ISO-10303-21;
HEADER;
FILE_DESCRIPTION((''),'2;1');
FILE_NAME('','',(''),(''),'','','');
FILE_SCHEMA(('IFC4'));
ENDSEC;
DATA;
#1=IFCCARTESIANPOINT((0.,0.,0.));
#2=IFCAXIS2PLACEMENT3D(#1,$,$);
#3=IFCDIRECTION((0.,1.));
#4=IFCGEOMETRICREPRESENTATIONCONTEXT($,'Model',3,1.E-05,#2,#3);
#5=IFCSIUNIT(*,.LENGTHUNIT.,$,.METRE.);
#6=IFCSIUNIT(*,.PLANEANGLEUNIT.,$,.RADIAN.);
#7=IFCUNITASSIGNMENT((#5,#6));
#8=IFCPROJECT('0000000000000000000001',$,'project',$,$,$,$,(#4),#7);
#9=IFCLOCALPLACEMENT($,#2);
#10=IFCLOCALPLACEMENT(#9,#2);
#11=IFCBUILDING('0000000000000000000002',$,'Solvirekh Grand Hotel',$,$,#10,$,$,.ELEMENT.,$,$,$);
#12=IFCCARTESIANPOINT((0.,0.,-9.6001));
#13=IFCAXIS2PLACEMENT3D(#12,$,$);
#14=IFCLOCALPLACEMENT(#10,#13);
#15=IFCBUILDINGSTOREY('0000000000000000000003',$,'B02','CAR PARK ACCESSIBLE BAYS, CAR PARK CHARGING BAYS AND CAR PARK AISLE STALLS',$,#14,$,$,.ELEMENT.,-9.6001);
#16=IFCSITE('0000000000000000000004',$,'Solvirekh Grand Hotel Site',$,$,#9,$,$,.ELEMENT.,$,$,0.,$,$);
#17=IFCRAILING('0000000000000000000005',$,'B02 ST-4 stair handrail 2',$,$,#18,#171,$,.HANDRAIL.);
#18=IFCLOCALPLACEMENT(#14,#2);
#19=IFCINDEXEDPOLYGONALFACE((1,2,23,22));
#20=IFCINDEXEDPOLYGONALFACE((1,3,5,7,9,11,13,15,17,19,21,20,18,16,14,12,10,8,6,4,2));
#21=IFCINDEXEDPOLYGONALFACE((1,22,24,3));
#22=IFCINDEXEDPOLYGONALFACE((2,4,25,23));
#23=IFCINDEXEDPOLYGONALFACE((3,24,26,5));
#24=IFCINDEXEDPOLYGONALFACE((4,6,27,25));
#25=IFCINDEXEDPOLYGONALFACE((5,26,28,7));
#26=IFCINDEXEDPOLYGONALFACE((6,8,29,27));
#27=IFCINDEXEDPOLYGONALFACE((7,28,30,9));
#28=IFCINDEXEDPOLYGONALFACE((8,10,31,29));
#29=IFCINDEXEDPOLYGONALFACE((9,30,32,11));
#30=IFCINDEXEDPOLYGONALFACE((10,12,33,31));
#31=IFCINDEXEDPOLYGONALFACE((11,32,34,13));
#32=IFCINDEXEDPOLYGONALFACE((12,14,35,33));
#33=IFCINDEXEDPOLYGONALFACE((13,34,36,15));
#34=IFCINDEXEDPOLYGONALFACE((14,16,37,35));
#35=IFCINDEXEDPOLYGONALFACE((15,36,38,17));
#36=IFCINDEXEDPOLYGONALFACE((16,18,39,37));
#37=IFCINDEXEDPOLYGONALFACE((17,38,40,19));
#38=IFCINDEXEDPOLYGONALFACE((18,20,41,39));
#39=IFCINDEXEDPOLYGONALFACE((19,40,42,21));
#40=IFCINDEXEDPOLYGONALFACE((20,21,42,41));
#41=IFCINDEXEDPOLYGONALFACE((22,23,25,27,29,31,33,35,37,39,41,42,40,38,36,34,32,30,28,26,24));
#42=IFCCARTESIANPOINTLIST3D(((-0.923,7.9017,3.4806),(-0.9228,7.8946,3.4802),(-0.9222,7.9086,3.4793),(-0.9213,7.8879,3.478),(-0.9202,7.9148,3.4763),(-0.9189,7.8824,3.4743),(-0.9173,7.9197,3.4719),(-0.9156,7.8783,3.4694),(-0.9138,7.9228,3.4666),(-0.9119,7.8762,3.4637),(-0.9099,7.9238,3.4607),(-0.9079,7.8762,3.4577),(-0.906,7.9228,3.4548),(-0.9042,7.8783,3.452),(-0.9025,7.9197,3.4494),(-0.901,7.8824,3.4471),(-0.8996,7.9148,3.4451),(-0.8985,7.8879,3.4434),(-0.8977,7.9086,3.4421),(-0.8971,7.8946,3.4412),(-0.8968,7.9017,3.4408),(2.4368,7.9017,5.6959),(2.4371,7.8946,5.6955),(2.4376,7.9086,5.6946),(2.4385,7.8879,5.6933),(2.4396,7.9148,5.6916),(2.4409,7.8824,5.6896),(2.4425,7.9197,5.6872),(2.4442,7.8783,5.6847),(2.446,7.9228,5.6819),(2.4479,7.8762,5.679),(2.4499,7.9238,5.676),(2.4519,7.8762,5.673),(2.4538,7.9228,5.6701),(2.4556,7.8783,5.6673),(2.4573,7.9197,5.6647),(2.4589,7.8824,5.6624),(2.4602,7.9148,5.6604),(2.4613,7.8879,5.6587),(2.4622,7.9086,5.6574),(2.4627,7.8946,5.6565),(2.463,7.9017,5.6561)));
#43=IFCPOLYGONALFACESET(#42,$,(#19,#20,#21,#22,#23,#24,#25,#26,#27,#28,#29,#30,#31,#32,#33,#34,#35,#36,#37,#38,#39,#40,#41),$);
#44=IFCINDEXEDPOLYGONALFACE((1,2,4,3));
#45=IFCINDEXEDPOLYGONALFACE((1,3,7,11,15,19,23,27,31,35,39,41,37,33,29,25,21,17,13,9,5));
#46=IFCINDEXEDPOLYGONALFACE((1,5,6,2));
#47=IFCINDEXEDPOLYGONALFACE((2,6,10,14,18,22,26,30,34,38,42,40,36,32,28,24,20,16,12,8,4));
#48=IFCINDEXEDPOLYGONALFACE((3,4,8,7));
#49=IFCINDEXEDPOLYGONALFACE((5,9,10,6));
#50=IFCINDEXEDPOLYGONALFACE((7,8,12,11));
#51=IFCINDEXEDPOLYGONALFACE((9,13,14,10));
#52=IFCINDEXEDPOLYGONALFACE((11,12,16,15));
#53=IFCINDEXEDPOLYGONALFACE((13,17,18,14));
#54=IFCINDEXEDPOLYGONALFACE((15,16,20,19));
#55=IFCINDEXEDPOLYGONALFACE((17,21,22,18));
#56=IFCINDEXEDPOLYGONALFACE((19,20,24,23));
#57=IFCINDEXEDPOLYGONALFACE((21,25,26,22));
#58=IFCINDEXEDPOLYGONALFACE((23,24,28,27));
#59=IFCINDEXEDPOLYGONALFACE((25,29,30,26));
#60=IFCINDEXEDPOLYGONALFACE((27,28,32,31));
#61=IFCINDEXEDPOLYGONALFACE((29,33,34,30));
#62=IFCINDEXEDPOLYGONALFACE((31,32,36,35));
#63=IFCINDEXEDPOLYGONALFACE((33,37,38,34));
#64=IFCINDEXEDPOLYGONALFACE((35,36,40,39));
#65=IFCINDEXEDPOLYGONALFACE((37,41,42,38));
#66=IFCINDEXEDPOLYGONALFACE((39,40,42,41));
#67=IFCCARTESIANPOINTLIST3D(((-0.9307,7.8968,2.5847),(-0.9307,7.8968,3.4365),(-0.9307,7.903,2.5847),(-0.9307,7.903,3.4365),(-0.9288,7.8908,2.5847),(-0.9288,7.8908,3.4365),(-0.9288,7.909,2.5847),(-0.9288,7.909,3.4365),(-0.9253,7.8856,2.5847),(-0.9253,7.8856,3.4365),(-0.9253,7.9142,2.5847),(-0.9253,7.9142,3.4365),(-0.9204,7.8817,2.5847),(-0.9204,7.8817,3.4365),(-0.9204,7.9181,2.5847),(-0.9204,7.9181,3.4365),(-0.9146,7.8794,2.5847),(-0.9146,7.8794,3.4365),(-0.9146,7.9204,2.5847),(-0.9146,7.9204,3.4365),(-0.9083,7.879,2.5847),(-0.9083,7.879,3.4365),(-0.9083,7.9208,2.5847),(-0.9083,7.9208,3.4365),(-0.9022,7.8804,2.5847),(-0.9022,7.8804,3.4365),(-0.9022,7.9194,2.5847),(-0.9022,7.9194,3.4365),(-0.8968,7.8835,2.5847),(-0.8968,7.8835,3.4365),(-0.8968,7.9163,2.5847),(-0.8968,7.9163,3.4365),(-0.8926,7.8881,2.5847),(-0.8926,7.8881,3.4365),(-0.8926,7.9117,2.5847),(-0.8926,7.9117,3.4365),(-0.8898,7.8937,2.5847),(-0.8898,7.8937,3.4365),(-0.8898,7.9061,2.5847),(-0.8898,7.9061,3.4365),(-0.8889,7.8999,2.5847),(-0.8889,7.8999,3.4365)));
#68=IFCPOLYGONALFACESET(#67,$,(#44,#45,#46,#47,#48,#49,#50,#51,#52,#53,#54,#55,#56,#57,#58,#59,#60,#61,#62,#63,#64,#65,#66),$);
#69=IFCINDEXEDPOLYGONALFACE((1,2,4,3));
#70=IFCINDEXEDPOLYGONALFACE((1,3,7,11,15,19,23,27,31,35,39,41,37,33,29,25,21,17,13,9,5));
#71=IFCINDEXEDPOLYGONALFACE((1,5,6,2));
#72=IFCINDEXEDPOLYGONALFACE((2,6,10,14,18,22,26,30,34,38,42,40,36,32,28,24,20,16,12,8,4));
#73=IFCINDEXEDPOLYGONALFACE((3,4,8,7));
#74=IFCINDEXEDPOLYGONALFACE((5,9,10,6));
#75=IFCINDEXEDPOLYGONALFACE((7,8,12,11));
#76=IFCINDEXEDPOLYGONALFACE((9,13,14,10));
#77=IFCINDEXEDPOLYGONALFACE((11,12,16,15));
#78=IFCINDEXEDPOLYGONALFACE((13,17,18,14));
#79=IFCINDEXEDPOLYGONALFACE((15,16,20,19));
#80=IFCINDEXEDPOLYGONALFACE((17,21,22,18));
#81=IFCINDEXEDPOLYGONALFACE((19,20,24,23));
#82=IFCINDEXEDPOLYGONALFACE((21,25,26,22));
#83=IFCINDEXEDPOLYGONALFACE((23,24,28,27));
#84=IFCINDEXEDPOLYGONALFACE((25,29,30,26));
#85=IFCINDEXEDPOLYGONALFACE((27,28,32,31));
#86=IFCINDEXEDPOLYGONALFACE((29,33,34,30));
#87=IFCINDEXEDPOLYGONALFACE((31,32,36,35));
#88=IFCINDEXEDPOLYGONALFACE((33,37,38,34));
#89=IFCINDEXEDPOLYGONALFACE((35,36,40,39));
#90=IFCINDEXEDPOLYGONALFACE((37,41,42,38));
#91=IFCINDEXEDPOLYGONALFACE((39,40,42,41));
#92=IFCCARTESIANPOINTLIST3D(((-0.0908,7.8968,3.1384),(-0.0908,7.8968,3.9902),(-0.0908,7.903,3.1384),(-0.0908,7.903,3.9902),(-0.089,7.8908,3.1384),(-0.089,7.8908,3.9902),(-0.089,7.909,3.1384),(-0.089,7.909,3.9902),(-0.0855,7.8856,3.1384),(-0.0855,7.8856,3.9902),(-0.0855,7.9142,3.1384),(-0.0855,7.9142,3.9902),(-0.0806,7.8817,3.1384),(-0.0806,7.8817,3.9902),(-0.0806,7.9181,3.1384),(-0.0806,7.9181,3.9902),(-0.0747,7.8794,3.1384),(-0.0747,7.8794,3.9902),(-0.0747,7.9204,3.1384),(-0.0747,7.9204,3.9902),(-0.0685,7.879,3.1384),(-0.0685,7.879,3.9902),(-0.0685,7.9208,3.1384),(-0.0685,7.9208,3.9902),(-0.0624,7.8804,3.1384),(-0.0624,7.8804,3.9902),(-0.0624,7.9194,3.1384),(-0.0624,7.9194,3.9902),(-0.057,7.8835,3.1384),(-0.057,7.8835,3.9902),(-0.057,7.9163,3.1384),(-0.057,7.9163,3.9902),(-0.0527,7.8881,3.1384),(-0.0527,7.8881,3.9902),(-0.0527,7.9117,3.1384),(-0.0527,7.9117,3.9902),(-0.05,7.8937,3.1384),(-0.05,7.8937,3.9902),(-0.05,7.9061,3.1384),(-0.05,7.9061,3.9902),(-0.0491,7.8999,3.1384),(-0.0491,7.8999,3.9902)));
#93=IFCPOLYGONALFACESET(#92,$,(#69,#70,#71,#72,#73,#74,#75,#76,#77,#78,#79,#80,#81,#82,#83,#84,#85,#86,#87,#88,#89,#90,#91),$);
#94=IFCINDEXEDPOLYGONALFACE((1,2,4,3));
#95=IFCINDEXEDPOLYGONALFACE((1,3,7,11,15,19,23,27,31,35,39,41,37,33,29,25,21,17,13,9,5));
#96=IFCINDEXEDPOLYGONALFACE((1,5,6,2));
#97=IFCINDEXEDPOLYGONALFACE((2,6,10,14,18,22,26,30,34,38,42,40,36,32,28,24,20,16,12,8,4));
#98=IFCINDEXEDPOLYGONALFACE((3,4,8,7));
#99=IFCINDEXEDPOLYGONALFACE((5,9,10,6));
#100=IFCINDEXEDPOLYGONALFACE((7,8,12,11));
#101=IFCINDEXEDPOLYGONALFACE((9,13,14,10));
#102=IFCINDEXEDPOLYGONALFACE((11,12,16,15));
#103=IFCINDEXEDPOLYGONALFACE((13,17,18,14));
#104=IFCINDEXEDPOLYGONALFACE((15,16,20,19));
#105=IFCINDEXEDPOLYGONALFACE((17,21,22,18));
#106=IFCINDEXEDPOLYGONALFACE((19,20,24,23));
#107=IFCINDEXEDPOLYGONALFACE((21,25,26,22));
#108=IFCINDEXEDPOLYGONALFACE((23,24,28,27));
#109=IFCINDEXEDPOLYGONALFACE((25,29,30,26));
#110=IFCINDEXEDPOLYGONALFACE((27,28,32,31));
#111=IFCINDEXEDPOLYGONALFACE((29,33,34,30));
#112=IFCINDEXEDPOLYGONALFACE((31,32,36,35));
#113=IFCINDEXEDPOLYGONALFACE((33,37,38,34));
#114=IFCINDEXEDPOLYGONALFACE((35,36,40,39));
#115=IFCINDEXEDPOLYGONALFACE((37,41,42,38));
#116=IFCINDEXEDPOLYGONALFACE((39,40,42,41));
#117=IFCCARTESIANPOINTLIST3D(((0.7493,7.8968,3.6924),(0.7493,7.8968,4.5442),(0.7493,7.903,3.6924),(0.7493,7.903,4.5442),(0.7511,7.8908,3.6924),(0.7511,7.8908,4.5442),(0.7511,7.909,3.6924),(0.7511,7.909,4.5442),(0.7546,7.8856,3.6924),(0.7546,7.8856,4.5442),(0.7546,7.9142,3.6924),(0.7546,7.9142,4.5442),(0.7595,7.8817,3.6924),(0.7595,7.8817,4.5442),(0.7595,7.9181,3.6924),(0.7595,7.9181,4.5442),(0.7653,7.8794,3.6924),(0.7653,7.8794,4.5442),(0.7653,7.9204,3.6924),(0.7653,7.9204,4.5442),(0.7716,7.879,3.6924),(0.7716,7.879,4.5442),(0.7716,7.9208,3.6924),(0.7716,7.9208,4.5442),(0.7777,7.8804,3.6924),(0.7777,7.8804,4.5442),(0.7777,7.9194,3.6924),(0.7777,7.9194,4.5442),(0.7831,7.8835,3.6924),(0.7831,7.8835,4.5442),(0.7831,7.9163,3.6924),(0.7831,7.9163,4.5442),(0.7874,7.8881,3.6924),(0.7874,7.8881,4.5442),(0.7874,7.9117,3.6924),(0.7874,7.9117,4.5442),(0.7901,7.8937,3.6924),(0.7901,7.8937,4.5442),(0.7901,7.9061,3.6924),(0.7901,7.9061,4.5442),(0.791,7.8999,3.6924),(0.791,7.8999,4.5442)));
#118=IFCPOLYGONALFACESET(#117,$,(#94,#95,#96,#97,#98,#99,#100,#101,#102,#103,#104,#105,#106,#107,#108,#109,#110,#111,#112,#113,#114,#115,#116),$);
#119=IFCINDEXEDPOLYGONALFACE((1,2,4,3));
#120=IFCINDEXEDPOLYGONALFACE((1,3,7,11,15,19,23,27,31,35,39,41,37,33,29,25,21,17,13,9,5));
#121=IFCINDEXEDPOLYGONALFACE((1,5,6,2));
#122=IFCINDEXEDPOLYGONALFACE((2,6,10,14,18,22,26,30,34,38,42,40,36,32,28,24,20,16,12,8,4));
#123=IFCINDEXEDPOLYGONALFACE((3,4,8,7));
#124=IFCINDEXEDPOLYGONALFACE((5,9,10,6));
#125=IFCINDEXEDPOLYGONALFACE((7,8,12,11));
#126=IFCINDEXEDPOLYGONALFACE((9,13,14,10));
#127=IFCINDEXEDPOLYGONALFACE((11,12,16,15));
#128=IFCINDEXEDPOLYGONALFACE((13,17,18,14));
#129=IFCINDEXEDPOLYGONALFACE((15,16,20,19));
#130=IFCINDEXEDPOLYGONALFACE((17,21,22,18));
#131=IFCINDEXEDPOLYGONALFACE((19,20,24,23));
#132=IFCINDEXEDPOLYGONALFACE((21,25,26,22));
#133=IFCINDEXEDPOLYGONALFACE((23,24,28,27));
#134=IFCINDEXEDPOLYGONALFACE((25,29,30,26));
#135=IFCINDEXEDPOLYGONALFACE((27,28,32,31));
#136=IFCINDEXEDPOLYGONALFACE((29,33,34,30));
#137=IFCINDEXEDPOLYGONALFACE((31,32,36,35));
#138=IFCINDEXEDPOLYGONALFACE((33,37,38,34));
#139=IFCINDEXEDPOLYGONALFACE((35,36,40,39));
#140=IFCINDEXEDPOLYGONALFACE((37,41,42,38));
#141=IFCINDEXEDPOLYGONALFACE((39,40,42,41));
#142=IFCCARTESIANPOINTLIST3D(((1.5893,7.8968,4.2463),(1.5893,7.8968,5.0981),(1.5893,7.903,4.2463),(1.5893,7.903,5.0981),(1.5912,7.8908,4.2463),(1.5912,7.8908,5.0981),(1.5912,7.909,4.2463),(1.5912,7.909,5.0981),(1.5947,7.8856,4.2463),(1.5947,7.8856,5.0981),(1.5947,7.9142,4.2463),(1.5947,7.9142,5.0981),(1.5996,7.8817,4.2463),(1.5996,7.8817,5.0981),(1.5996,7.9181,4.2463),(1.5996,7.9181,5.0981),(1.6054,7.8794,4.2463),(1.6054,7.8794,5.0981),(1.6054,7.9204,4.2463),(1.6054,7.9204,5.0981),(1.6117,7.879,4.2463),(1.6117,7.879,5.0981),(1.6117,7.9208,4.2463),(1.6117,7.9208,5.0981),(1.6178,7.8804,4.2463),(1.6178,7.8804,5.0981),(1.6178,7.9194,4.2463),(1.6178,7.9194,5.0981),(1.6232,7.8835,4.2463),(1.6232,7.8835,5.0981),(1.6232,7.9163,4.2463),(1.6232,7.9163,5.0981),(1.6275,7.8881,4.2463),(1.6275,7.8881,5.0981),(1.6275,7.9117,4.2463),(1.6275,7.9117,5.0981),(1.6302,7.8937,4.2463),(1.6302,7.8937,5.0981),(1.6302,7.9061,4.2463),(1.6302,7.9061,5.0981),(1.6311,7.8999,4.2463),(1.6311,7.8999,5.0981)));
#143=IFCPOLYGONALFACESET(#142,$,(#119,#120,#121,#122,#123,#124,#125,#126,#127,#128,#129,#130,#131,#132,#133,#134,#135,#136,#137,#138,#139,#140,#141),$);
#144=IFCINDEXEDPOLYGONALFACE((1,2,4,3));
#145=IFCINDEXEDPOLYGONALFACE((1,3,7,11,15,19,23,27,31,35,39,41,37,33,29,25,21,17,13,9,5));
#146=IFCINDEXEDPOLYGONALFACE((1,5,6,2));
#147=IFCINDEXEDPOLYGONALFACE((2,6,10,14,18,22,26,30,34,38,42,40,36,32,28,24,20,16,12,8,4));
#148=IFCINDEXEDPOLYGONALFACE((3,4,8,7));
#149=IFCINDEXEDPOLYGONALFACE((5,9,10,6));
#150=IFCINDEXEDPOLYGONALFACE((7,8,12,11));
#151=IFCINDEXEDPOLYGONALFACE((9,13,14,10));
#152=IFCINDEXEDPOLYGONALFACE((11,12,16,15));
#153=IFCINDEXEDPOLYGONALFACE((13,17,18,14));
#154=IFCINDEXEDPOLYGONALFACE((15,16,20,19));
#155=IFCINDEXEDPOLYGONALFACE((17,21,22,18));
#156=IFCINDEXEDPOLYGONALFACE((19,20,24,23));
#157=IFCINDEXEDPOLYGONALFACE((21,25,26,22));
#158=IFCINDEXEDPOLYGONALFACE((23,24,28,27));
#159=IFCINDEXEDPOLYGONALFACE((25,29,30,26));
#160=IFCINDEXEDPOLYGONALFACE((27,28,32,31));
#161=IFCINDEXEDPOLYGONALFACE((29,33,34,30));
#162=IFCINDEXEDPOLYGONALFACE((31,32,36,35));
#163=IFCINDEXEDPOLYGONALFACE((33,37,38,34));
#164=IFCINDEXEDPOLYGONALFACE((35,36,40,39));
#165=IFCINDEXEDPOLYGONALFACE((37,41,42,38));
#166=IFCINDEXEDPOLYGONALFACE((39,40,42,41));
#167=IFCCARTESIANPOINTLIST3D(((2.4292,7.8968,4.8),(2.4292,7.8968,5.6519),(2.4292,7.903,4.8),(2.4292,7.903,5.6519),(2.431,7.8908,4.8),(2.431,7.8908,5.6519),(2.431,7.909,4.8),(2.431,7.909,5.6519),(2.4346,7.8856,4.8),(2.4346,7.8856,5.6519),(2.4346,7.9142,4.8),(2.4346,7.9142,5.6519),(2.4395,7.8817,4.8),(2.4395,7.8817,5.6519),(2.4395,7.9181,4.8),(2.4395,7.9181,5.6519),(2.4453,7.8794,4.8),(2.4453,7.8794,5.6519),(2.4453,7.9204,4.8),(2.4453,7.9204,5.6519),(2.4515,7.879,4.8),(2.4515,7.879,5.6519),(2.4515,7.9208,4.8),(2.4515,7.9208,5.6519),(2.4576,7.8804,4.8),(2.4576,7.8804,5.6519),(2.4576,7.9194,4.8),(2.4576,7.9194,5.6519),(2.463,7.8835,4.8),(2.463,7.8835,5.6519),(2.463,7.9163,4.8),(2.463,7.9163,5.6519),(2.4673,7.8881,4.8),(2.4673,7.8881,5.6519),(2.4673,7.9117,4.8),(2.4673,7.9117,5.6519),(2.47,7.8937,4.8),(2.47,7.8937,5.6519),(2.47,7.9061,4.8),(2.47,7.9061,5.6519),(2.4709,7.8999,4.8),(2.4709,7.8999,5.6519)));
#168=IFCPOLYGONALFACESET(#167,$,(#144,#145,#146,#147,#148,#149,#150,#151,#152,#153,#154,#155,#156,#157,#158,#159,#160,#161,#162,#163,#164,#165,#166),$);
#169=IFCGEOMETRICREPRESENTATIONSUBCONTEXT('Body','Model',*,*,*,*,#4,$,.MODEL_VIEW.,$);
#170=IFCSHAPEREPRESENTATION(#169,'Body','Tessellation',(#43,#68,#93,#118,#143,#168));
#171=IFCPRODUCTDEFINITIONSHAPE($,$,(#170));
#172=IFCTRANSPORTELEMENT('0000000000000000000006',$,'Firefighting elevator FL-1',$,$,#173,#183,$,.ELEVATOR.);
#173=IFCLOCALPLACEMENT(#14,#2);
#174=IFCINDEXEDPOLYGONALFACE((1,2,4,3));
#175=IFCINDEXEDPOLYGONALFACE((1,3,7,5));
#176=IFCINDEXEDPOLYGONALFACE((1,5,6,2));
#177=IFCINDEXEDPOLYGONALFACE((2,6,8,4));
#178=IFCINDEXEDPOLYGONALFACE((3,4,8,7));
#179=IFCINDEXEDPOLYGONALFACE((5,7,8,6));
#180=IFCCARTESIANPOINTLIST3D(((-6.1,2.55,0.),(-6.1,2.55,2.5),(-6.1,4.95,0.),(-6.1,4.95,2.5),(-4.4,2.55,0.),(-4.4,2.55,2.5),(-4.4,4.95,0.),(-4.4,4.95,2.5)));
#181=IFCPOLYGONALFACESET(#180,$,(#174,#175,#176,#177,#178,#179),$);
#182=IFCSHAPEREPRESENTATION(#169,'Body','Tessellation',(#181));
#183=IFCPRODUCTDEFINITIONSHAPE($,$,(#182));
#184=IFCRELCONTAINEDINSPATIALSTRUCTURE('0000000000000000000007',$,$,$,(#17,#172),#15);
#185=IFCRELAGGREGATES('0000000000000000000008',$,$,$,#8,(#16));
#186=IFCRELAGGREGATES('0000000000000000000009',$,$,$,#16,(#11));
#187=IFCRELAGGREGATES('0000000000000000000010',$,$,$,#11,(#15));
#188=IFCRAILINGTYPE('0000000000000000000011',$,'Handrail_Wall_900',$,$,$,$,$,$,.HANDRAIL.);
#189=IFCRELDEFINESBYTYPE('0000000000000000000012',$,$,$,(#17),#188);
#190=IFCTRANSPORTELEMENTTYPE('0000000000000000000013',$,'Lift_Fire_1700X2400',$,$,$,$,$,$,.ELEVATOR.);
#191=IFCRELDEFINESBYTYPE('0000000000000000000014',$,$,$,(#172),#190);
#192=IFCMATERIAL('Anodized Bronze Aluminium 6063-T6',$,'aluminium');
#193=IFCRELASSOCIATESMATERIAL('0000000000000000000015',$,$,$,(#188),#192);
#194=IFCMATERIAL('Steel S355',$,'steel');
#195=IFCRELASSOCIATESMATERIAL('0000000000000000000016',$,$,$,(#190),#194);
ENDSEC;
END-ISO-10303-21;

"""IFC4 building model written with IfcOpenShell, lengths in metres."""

from ifc_helpers import new_model, si_unit, direction, frame, origin, origin_2d, place, context, subcontext, project, spatial, rectangle, circle, extrude, material, type_object, element, save


model = new_model("IFC4")

# Units and contexts
model_context = context("Model", 3, precision=1e-05, world=origin(), true_north=direction((0.0, 1.0)))
body_context = subcontext(model_context, "Body", "Model", "MODEL_VIEW")
ifc_project = project(units=[si_unit("LENGTHUNIT", "METRE"), si_unit("PLANEANGLEUNIT", "RADIAN")], contexts=[model_context])

# Site, building, storey
site_placement = place(None, origin())
site = spatial("IfcSite", under=ifc_project, at=site_placement, Name="Solvirekh Grand Hotel Site", CompositionType="ELEMENT", RefElevation=0.0)
building_placement = place(site_placement, origin())
building = spatial("IfcBuilding", under=site, at=building_placement, Name="Solvirekh Grand Hotel", CompositionType="ELEMENT")
storey_placement = place(building_placement, frame((0.0, 0.0, -9.6001)))
storey = spatial("IfcBuildingStorey", under=building, at=storey_placement, Name="B02", Description="CAR PARK ACCESSIBLE BAYS, CAR PARK CHARGING BAYS AND CAR PARK AISLE STALLS", CompositionType="ELEMENT", Elevation=-9.6001)

# Shared definitions
ifc_material_1 = material(Name="Steel S355", Category="steel")

# Railing
ifc_material_2 = material(Name="Anodized Bronze Aluminium 6063-T6", Category="aluminium")
railing_type_1 = type_object("IfcRailingType", Name="Handrail_Wall_900", PredefinedType="HANDRAIL", material=ifc_material_2)
for number, where, name in (
    (1, (-0.9099, 7.8999, 2.5847), "B02 ST-4 stair handrail 2"),
):
    element("IfcRailing", number, at=place(storey_placement, frame(where)), inside=storey, type_object=railing_type_1, Name=name, PredefinedType="HANDRAIL", context=body_context, shape_type="SweptSolid", body=[
        extrude(circle(Radius=0.0239, at=origin_2d()), frame((0.0, 0.0, 0.876), z_axis=(0.834858, 0.0, 0.550465), x_axis=(0.0, 1.0, 0.0)), (0.0, 0.0, 1.0), 4.0244),
        extrude(circle(Radius=0.021, at=origin_2d()), origin(), (0.0, 0.0, 1.0), 0.8518),
        extrude(circle(Radius=0.021, at=origin_2d()), frame((0.8398, 0.0, 0.5537)), (0.0, 0.0, 1.0), 0.8518),
        extrude(circle(Radius=0.021, at=origin_2d()), frame((1.6799, 0.0, 1.1077)), (0.0, 0.0, 1.0), 0.8518),
        extrude(circle(Radius=0.021, at=origin_2d()), frame((2.52, 0.0, 1.6616)), (0.0, 0.0, 1.0), 0.8518),
        extrude(circle(Radius=0.021, at=origin_2d()), frame((3.3599, 0.0, 2.2153)), (0.0, 0.0, 1.0), 0.8518),
    ])

# Transport element
transport_element_type = type_object("IfcTransportElementType", Name="Lift_Fire_1700X2400", PredefinedType="ELEVATOR", material=ifc_material_1)
transport_element_placement = place(storey_placement, frame((-5.25, 3.75, 0.0), z_axis=(0.0, 0.0, 1.0), x_axis=(1.0, 0.0, 0.0)))
element("IfcTransportElement", 2, at=transport_element_placement, inside=storey, type_object=transport_element_type, Name="Firefighting elevator FL-1", PredefinedType="ELEVATOR", context=body_context, shape_type="SweptSolid", body=[
    extrude(rectangle(XDim=1.7, YDim=2.3999, at=origin_2d()), origin(), (0.0, 0.0, 1.0), 2.5),
])

save(model, "model.ifc")
